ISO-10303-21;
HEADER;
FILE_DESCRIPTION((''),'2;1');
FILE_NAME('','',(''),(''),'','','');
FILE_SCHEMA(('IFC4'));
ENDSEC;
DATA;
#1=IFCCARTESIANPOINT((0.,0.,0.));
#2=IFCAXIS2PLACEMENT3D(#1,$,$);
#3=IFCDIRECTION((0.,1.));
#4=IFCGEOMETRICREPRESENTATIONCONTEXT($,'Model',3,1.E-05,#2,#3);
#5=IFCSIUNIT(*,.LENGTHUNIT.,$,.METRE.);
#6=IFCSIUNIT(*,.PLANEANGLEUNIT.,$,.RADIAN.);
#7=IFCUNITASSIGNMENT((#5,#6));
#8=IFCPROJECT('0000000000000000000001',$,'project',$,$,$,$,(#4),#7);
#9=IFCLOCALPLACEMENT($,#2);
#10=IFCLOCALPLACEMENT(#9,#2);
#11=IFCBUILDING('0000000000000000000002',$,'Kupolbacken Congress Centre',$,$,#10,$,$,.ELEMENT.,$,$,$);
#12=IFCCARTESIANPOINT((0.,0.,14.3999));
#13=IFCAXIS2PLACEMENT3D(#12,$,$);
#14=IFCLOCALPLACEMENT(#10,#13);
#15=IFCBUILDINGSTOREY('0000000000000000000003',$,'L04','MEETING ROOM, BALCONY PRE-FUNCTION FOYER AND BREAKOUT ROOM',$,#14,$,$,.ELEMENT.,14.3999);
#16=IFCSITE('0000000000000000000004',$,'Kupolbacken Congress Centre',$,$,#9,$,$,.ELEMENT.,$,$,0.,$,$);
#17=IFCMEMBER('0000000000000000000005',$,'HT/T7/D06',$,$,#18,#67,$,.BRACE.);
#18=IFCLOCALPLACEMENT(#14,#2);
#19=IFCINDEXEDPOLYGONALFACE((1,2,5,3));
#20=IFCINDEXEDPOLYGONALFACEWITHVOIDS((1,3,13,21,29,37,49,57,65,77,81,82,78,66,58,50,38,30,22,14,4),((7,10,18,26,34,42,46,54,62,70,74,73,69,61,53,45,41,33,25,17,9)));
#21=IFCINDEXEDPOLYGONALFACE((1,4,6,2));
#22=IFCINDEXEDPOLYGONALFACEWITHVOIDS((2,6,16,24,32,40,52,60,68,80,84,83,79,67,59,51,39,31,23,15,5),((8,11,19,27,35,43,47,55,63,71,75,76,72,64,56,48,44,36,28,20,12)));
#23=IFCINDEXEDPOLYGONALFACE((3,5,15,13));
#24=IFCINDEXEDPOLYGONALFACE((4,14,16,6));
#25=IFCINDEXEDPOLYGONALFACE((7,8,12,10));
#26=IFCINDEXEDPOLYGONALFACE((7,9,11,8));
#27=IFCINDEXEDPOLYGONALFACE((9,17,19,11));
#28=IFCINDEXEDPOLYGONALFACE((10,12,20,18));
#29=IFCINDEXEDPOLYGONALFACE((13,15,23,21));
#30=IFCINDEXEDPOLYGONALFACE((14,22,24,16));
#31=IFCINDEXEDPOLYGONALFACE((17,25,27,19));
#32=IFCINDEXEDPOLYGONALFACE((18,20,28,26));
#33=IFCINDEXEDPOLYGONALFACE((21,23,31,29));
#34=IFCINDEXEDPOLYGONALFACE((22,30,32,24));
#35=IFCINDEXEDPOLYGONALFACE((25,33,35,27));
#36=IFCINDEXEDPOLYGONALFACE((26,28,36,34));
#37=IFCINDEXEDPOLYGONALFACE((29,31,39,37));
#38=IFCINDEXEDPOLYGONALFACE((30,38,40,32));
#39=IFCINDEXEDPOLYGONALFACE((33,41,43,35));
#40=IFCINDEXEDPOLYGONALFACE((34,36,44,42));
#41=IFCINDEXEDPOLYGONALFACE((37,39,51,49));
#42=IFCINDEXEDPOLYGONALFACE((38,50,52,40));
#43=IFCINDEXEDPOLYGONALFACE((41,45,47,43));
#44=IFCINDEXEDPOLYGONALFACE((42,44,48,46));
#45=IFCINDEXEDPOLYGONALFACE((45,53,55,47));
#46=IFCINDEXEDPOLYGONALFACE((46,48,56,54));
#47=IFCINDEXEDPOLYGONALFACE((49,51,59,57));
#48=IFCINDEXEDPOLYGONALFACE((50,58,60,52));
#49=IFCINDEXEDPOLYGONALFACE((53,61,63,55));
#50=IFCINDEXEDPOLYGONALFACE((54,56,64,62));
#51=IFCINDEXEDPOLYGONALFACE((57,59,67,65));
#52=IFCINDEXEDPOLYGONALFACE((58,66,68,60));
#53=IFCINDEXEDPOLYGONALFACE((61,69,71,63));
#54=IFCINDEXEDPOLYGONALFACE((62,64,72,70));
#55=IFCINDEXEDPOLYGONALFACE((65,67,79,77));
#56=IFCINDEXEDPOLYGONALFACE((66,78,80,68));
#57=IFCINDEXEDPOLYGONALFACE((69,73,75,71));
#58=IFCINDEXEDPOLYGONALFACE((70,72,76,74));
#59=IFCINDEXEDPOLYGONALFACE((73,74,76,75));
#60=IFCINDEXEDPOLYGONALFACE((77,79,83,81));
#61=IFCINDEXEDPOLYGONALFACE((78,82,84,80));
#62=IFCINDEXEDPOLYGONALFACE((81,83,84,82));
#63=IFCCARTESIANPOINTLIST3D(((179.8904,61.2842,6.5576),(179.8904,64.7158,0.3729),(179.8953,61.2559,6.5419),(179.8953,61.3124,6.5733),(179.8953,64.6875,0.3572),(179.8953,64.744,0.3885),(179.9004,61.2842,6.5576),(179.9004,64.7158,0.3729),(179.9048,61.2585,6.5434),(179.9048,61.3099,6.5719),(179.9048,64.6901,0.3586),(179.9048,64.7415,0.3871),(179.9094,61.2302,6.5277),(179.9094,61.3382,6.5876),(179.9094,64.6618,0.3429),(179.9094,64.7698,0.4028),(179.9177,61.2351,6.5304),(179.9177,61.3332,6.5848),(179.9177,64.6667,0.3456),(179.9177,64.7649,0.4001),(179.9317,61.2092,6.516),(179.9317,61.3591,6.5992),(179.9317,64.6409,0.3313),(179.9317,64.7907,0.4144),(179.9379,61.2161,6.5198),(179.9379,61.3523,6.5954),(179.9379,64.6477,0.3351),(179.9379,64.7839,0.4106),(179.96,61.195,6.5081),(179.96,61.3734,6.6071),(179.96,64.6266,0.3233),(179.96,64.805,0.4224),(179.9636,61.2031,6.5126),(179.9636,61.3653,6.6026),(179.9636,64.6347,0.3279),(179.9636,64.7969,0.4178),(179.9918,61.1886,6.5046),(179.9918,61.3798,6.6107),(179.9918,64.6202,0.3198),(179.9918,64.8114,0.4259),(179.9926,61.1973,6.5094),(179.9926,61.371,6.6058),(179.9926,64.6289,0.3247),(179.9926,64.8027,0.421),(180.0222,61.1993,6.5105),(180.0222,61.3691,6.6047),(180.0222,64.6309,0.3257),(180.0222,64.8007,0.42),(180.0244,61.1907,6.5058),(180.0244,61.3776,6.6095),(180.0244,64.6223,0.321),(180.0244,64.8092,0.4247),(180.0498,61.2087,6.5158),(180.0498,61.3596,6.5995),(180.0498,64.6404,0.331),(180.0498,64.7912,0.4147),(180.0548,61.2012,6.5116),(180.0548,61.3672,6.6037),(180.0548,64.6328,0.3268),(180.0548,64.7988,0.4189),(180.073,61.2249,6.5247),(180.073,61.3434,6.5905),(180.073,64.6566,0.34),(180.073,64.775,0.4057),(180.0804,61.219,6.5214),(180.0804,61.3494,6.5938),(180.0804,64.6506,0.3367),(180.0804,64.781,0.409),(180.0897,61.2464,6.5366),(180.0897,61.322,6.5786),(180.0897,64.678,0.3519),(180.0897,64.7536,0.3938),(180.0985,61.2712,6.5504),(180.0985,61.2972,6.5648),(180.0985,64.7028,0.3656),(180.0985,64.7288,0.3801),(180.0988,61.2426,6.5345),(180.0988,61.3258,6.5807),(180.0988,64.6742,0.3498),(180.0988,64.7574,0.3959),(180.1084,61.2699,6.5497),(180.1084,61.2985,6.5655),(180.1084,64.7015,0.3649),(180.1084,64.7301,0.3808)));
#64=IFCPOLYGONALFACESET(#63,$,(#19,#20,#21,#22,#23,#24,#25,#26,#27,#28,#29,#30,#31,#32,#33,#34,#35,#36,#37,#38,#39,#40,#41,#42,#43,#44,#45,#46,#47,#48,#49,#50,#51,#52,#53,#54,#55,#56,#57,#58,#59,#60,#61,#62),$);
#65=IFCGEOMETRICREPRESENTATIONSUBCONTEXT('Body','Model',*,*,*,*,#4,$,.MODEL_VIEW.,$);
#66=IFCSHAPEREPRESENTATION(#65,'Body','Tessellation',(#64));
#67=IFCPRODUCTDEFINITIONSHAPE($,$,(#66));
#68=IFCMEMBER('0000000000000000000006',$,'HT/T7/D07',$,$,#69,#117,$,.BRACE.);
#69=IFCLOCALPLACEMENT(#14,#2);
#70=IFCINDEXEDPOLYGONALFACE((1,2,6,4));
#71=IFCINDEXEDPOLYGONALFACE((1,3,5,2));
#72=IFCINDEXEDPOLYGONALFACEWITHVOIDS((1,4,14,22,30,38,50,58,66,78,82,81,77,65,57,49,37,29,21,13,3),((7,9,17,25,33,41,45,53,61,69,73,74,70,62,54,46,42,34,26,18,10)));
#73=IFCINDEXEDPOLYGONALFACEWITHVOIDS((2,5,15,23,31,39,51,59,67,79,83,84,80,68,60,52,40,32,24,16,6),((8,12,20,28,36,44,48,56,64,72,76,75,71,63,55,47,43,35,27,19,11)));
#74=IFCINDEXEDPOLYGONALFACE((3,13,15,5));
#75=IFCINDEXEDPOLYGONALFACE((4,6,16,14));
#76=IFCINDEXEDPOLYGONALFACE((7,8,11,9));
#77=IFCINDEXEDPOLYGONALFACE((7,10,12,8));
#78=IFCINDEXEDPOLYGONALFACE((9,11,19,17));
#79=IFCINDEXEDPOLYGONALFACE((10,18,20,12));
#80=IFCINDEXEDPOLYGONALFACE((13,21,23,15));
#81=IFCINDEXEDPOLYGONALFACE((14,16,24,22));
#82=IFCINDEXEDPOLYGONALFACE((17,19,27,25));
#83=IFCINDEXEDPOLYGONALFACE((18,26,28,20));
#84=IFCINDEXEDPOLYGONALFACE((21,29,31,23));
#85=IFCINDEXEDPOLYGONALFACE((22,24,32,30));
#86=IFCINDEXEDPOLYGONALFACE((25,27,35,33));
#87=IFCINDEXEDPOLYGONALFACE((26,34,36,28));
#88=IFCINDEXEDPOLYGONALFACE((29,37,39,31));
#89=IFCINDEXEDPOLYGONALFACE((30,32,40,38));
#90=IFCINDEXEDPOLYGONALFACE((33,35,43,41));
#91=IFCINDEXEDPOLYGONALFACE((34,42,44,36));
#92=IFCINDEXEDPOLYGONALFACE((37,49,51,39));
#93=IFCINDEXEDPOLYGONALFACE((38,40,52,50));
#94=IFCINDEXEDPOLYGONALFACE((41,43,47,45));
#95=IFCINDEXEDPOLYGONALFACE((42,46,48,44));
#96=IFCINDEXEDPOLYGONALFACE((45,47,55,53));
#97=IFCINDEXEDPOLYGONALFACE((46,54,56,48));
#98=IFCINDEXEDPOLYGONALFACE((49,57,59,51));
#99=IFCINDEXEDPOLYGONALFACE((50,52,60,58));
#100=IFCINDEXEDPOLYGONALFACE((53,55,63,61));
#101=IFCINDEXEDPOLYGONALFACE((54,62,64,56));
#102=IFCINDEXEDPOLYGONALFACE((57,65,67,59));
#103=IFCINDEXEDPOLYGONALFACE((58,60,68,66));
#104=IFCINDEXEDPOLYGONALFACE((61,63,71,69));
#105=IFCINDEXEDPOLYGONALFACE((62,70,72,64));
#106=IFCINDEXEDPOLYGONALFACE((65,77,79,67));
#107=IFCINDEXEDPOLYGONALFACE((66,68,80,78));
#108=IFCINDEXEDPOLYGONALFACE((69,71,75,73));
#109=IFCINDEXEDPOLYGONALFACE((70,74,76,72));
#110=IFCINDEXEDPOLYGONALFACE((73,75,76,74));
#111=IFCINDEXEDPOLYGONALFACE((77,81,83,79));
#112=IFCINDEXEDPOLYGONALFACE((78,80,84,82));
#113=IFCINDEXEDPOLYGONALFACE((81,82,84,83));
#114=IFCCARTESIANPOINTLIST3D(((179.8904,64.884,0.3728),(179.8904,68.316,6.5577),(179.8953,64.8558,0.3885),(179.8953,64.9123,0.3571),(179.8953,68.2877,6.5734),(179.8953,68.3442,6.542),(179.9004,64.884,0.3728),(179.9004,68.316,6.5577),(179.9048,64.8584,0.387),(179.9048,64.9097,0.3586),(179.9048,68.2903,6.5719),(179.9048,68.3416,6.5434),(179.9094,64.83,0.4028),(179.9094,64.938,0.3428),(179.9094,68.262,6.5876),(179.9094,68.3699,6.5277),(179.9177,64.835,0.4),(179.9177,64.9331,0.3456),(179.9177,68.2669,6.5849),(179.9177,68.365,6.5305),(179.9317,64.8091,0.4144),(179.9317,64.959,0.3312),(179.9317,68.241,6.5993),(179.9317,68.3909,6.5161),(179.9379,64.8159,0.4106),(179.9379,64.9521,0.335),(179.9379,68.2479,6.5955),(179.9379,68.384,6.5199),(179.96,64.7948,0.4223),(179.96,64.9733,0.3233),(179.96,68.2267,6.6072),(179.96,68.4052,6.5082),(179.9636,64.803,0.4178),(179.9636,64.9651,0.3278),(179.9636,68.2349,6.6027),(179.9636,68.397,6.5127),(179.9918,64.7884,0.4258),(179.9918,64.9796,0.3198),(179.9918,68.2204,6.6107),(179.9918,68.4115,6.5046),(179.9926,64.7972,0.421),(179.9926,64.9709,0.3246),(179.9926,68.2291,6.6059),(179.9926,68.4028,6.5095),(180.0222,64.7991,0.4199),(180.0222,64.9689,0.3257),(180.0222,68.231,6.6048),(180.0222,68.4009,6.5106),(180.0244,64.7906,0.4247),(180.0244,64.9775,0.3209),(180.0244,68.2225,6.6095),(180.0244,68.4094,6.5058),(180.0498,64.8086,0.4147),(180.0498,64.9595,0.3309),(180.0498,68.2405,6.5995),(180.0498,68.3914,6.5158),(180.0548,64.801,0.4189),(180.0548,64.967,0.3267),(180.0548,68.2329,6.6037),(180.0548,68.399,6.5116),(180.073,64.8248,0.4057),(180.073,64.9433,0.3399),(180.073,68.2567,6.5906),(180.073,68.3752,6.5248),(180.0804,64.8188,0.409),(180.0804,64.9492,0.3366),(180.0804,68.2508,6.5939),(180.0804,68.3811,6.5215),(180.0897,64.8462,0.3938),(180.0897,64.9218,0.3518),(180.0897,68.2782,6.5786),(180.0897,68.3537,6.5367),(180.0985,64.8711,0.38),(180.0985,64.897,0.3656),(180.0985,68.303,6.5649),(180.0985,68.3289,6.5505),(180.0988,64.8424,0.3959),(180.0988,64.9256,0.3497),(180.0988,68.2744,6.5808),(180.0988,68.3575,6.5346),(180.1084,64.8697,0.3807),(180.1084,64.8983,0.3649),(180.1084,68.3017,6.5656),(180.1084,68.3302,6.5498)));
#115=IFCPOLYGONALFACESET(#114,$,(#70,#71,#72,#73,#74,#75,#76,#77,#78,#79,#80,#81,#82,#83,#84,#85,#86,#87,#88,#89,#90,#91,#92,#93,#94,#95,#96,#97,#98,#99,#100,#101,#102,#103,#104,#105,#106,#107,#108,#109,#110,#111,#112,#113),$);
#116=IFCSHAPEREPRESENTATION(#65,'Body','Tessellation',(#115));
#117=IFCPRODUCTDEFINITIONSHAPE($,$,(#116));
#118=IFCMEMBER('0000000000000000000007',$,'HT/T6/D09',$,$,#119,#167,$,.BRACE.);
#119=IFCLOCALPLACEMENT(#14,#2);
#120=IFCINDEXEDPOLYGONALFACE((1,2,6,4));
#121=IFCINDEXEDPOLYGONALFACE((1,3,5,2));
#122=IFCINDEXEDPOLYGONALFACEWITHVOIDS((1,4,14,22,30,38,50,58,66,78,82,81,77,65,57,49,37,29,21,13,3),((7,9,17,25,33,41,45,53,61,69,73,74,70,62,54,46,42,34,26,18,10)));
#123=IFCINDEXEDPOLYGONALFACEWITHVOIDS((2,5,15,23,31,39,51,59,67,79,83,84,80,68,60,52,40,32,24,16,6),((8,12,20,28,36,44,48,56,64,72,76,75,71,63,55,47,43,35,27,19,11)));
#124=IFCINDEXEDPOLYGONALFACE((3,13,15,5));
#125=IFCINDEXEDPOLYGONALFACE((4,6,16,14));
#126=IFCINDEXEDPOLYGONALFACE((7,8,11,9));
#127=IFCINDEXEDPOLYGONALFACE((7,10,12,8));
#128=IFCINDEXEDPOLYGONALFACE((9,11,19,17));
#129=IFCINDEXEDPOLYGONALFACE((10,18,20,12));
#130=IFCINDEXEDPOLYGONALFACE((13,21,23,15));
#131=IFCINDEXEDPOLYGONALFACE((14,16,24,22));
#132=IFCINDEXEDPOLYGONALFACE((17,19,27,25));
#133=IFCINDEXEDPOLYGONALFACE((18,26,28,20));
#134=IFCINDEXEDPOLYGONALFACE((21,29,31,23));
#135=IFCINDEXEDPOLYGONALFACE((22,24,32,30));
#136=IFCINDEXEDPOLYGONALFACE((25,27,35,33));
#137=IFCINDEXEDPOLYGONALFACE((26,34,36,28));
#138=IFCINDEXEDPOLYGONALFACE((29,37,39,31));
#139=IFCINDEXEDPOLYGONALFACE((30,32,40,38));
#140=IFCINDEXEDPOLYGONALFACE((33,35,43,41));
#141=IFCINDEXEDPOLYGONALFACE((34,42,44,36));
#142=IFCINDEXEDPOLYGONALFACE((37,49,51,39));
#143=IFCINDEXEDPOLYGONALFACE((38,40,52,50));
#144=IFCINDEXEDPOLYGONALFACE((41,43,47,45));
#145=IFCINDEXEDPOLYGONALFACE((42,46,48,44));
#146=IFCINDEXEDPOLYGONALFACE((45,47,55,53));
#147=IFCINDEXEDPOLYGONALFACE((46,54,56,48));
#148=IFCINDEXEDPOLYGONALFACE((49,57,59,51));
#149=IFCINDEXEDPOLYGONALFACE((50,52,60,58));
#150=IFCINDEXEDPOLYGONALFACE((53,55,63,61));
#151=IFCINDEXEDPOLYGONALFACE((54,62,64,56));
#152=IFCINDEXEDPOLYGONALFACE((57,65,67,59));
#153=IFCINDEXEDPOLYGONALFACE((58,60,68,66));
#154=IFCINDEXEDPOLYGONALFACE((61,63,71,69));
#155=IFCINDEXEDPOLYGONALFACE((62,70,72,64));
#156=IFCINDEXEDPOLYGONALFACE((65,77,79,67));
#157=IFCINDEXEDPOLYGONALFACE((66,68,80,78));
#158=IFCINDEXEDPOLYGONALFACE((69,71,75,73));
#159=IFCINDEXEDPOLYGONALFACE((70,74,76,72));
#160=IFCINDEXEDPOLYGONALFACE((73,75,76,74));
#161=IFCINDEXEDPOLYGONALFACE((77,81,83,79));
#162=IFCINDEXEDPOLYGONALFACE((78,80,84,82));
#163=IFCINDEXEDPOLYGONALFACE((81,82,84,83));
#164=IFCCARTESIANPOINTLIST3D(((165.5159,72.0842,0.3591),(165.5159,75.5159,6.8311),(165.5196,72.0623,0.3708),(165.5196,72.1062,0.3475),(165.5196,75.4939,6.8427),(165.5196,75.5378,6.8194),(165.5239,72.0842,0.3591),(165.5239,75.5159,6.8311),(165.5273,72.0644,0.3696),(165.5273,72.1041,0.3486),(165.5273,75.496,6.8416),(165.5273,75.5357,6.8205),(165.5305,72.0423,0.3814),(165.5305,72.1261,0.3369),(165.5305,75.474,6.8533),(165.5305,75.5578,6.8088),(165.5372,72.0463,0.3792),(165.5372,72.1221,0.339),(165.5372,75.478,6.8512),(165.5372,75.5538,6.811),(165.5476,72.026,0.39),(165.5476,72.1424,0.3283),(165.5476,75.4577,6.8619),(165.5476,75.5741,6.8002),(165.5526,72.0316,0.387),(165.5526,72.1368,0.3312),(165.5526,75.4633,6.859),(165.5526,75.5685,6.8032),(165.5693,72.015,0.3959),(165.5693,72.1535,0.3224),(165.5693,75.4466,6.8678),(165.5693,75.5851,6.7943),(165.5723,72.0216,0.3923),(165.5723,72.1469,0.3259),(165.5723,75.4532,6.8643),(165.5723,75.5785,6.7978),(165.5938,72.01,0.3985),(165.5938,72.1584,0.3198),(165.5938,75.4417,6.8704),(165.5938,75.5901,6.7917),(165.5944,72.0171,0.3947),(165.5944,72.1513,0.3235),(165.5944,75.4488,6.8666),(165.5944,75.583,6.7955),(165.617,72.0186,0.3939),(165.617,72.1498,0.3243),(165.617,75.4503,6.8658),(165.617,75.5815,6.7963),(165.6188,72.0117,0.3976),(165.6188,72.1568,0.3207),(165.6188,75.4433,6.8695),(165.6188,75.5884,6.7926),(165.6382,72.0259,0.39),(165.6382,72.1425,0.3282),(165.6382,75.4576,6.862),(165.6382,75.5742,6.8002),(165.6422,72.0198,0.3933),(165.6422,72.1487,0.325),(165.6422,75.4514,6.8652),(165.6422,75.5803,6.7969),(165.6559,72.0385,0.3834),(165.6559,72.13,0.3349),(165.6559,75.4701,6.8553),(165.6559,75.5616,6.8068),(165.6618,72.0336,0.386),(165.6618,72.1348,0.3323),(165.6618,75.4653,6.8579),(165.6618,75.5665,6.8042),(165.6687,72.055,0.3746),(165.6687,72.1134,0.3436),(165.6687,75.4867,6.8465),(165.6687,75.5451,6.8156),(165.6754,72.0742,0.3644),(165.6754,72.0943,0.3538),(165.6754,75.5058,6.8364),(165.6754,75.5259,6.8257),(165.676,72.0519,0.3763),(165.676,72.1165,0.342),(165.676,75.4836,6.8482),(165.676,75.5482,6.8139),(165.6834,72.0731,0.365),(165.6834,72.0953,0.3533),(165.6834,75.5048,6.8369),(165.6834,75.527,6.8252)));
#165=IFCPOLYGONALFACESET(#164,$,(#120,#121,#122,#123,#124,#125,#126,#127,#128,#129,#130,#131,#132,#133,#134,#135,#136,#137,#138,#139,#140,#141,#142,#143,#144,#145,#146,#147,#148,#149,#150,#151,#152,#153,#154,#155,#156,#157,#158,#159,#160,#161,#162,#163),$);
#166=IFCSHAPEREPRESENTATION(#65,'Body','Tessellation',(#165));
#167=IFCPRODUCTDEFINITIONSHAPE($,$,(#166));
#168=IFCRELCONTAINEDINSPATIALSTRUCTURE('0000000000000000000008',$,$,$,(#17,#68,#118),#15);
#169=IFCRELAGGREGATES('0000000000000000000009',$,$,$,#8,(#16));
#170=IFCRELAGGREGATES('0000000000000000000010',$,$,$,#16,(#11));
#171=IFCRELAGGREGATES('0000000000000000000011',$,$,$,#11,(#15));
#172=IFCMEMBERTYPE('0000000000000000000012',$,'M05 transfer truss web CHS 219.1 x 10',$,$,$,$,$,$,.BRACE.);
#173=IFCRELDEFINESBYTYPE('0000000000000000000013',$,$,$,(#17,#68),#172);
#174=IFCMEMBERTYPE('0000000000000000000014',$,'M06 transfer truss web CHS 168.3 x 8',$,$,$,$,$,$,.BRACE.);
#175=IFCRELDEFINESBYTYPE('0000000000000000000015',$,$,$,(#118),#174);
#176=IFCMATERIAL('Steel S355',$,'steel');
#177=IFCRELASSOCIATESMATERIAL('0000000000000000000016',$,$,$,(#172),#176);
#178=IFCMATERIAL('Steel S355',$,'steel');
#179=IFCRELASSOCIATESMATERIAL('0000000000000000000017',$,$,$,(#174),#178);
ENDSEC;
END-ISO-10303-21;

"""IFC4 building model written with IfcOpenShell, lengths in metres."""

from ifc_helpers import new_model, si_unit, direction, frame, origin, origin_2d, place, context, subcontext, project, spatial, hollow_circle, extrude, material, material_profile, profile_set, type_object, element, save


model = new_model("IFC4")

# Units and contexts
model_context = context("Model", 3, precision=1e-05, world=origin(), true_north=direction((0.0, 1.0)))
body_context = subcontext(model_context, "Body", "Model", "MODEL_VIEW")
ifc_project = project(units=[si_unit("LENGTHUNIT", "METRE"), si_unit("PLANEANGLEUNIT", "RADIAN")], contexts=[model_context])

# Site, building, storey
site_placement = place(None, origin())
site = spatial("IfcSite", under=ifc_project, at=site_placement, Name="Kupolbacken Congress Centre", CompositionType="ELEMENT", RefElevation=0.0)
building_placement = place(site_placement, origin())
building = spatial("IfcBuilding", under=site, at=building_placement, Name="Kupolbacken Congress Centre", CompositionType="ELEMENT")
storey_placement = place(building_placement, frame((0.0, 0.0, 14.3999)))
storey = spatial("IfcBuildingStorey", under=building, at=storey_placement, Name="L04", Description="MEETING ROOM, BALCONY PRE-FUNCTION FOYER AND BREAKOUT ROOM", CompositionType="ELEMENT", Elevation=14.3999)

# Members
ifc_material_1 = material(Name="Steel S355", Category="steel")
ifc_material_profile_1 = material_profile(ifc_material_1, hollow_circle(Radius=0.1096, WallThickness=0.01, at=origin_2d()), Name="CHS 219.1 x 10")
ifc_profile_set_1 = profile_set([ifc_material_profile_1], Name="Steel S355")
member_type_1 = type_object("IfcMemberType", Name="M05 transfer truss web CHS 219.1 x 10", PredefinedType="BRACE", material=ifc_profile_set_1)
for number, where, z_axis, x_axis, name in (
    (1, (180.0, 61.2842, 6.5576), (0.0, 0.485171, -0.874419), (-1.0, 0.0, 0.0), "HT/T7/D06"),
):
    element("IfcMember", number, at=place(storey_placement, frame(where, z_axis=z_axis, x_axis=x_axis)), inside=storey, type_object=member_type_1, Name=name, PredefinedType="BRACE", context=body_context, shape_type="SweptSolid", body=[
        extrude(hollow_circle(Radius=0.1096, WallThickness=0.01, at=origin_2d()), origin(), (0.0, 0.0, 1.0), 7.073),
    ])
member_1_placement = place(storey_placement, frame((180.0, 64.884, 0.3728), z_axis=(0.0, 0.485197, 0.874405), x_axis=(-1.0, 0.0, 0.0)))
element("IfcMember", 2, at=member_1_placement, inside=storey, type_object=member_type_1, Name="HT/T7/D07", PredefinedType="BRACE", context=body_context, shape_type="SweptSolid", body=[
    extrude(hollow_circle(Radius=0.1096, WallThickness=0.01, at=origin_2d()), origin(), (0.0, 0.0, 1.0), 7.0732),
])
ifc_material_2 = material(Name="Steel S355", Category="steel")
ifc_material_profile_2 = material_profile(ifc_material_2, hollow_circle(Radius=0.0842, WallThickness=0.0081, at=origin_2d()), Name="CHS 168.3 x 8")
ifc_profile_set_2 = profile_set([ifc_material_profile_2], Name="Steel S355")
member_type_2 = type_object("IfcMemberType", Name="M06 transfer truss web CHS 168.3 x 8", PredefinedType="BRACE", material=ifc_profile_set_2)
for number, where, z_axis, x_axis, name in (
    (3, (165.6001, 72.0842, 0.3591), (0.0, 0.468456, 0.883487), (-1.0, 0.0, 0.0), "HT/T6/D09"),
):
    element("IfcMember", number, at=place(storey_placement, frame(where, z_axis=z_axis, x_axis=x_axis)), inside=storey, type_object=member_type_2, Name=name, PredefinedType="BRACE", context=body_context, shape_type="SweptSolid", body=[
        extrude(hollow_circle(Radius=0.0842, WallThickness=0.0081, at=origin_2d()), origin(), (0.0, 0.0, 1.0), 7.3254),
    ])

save(model, "model.ifc")
